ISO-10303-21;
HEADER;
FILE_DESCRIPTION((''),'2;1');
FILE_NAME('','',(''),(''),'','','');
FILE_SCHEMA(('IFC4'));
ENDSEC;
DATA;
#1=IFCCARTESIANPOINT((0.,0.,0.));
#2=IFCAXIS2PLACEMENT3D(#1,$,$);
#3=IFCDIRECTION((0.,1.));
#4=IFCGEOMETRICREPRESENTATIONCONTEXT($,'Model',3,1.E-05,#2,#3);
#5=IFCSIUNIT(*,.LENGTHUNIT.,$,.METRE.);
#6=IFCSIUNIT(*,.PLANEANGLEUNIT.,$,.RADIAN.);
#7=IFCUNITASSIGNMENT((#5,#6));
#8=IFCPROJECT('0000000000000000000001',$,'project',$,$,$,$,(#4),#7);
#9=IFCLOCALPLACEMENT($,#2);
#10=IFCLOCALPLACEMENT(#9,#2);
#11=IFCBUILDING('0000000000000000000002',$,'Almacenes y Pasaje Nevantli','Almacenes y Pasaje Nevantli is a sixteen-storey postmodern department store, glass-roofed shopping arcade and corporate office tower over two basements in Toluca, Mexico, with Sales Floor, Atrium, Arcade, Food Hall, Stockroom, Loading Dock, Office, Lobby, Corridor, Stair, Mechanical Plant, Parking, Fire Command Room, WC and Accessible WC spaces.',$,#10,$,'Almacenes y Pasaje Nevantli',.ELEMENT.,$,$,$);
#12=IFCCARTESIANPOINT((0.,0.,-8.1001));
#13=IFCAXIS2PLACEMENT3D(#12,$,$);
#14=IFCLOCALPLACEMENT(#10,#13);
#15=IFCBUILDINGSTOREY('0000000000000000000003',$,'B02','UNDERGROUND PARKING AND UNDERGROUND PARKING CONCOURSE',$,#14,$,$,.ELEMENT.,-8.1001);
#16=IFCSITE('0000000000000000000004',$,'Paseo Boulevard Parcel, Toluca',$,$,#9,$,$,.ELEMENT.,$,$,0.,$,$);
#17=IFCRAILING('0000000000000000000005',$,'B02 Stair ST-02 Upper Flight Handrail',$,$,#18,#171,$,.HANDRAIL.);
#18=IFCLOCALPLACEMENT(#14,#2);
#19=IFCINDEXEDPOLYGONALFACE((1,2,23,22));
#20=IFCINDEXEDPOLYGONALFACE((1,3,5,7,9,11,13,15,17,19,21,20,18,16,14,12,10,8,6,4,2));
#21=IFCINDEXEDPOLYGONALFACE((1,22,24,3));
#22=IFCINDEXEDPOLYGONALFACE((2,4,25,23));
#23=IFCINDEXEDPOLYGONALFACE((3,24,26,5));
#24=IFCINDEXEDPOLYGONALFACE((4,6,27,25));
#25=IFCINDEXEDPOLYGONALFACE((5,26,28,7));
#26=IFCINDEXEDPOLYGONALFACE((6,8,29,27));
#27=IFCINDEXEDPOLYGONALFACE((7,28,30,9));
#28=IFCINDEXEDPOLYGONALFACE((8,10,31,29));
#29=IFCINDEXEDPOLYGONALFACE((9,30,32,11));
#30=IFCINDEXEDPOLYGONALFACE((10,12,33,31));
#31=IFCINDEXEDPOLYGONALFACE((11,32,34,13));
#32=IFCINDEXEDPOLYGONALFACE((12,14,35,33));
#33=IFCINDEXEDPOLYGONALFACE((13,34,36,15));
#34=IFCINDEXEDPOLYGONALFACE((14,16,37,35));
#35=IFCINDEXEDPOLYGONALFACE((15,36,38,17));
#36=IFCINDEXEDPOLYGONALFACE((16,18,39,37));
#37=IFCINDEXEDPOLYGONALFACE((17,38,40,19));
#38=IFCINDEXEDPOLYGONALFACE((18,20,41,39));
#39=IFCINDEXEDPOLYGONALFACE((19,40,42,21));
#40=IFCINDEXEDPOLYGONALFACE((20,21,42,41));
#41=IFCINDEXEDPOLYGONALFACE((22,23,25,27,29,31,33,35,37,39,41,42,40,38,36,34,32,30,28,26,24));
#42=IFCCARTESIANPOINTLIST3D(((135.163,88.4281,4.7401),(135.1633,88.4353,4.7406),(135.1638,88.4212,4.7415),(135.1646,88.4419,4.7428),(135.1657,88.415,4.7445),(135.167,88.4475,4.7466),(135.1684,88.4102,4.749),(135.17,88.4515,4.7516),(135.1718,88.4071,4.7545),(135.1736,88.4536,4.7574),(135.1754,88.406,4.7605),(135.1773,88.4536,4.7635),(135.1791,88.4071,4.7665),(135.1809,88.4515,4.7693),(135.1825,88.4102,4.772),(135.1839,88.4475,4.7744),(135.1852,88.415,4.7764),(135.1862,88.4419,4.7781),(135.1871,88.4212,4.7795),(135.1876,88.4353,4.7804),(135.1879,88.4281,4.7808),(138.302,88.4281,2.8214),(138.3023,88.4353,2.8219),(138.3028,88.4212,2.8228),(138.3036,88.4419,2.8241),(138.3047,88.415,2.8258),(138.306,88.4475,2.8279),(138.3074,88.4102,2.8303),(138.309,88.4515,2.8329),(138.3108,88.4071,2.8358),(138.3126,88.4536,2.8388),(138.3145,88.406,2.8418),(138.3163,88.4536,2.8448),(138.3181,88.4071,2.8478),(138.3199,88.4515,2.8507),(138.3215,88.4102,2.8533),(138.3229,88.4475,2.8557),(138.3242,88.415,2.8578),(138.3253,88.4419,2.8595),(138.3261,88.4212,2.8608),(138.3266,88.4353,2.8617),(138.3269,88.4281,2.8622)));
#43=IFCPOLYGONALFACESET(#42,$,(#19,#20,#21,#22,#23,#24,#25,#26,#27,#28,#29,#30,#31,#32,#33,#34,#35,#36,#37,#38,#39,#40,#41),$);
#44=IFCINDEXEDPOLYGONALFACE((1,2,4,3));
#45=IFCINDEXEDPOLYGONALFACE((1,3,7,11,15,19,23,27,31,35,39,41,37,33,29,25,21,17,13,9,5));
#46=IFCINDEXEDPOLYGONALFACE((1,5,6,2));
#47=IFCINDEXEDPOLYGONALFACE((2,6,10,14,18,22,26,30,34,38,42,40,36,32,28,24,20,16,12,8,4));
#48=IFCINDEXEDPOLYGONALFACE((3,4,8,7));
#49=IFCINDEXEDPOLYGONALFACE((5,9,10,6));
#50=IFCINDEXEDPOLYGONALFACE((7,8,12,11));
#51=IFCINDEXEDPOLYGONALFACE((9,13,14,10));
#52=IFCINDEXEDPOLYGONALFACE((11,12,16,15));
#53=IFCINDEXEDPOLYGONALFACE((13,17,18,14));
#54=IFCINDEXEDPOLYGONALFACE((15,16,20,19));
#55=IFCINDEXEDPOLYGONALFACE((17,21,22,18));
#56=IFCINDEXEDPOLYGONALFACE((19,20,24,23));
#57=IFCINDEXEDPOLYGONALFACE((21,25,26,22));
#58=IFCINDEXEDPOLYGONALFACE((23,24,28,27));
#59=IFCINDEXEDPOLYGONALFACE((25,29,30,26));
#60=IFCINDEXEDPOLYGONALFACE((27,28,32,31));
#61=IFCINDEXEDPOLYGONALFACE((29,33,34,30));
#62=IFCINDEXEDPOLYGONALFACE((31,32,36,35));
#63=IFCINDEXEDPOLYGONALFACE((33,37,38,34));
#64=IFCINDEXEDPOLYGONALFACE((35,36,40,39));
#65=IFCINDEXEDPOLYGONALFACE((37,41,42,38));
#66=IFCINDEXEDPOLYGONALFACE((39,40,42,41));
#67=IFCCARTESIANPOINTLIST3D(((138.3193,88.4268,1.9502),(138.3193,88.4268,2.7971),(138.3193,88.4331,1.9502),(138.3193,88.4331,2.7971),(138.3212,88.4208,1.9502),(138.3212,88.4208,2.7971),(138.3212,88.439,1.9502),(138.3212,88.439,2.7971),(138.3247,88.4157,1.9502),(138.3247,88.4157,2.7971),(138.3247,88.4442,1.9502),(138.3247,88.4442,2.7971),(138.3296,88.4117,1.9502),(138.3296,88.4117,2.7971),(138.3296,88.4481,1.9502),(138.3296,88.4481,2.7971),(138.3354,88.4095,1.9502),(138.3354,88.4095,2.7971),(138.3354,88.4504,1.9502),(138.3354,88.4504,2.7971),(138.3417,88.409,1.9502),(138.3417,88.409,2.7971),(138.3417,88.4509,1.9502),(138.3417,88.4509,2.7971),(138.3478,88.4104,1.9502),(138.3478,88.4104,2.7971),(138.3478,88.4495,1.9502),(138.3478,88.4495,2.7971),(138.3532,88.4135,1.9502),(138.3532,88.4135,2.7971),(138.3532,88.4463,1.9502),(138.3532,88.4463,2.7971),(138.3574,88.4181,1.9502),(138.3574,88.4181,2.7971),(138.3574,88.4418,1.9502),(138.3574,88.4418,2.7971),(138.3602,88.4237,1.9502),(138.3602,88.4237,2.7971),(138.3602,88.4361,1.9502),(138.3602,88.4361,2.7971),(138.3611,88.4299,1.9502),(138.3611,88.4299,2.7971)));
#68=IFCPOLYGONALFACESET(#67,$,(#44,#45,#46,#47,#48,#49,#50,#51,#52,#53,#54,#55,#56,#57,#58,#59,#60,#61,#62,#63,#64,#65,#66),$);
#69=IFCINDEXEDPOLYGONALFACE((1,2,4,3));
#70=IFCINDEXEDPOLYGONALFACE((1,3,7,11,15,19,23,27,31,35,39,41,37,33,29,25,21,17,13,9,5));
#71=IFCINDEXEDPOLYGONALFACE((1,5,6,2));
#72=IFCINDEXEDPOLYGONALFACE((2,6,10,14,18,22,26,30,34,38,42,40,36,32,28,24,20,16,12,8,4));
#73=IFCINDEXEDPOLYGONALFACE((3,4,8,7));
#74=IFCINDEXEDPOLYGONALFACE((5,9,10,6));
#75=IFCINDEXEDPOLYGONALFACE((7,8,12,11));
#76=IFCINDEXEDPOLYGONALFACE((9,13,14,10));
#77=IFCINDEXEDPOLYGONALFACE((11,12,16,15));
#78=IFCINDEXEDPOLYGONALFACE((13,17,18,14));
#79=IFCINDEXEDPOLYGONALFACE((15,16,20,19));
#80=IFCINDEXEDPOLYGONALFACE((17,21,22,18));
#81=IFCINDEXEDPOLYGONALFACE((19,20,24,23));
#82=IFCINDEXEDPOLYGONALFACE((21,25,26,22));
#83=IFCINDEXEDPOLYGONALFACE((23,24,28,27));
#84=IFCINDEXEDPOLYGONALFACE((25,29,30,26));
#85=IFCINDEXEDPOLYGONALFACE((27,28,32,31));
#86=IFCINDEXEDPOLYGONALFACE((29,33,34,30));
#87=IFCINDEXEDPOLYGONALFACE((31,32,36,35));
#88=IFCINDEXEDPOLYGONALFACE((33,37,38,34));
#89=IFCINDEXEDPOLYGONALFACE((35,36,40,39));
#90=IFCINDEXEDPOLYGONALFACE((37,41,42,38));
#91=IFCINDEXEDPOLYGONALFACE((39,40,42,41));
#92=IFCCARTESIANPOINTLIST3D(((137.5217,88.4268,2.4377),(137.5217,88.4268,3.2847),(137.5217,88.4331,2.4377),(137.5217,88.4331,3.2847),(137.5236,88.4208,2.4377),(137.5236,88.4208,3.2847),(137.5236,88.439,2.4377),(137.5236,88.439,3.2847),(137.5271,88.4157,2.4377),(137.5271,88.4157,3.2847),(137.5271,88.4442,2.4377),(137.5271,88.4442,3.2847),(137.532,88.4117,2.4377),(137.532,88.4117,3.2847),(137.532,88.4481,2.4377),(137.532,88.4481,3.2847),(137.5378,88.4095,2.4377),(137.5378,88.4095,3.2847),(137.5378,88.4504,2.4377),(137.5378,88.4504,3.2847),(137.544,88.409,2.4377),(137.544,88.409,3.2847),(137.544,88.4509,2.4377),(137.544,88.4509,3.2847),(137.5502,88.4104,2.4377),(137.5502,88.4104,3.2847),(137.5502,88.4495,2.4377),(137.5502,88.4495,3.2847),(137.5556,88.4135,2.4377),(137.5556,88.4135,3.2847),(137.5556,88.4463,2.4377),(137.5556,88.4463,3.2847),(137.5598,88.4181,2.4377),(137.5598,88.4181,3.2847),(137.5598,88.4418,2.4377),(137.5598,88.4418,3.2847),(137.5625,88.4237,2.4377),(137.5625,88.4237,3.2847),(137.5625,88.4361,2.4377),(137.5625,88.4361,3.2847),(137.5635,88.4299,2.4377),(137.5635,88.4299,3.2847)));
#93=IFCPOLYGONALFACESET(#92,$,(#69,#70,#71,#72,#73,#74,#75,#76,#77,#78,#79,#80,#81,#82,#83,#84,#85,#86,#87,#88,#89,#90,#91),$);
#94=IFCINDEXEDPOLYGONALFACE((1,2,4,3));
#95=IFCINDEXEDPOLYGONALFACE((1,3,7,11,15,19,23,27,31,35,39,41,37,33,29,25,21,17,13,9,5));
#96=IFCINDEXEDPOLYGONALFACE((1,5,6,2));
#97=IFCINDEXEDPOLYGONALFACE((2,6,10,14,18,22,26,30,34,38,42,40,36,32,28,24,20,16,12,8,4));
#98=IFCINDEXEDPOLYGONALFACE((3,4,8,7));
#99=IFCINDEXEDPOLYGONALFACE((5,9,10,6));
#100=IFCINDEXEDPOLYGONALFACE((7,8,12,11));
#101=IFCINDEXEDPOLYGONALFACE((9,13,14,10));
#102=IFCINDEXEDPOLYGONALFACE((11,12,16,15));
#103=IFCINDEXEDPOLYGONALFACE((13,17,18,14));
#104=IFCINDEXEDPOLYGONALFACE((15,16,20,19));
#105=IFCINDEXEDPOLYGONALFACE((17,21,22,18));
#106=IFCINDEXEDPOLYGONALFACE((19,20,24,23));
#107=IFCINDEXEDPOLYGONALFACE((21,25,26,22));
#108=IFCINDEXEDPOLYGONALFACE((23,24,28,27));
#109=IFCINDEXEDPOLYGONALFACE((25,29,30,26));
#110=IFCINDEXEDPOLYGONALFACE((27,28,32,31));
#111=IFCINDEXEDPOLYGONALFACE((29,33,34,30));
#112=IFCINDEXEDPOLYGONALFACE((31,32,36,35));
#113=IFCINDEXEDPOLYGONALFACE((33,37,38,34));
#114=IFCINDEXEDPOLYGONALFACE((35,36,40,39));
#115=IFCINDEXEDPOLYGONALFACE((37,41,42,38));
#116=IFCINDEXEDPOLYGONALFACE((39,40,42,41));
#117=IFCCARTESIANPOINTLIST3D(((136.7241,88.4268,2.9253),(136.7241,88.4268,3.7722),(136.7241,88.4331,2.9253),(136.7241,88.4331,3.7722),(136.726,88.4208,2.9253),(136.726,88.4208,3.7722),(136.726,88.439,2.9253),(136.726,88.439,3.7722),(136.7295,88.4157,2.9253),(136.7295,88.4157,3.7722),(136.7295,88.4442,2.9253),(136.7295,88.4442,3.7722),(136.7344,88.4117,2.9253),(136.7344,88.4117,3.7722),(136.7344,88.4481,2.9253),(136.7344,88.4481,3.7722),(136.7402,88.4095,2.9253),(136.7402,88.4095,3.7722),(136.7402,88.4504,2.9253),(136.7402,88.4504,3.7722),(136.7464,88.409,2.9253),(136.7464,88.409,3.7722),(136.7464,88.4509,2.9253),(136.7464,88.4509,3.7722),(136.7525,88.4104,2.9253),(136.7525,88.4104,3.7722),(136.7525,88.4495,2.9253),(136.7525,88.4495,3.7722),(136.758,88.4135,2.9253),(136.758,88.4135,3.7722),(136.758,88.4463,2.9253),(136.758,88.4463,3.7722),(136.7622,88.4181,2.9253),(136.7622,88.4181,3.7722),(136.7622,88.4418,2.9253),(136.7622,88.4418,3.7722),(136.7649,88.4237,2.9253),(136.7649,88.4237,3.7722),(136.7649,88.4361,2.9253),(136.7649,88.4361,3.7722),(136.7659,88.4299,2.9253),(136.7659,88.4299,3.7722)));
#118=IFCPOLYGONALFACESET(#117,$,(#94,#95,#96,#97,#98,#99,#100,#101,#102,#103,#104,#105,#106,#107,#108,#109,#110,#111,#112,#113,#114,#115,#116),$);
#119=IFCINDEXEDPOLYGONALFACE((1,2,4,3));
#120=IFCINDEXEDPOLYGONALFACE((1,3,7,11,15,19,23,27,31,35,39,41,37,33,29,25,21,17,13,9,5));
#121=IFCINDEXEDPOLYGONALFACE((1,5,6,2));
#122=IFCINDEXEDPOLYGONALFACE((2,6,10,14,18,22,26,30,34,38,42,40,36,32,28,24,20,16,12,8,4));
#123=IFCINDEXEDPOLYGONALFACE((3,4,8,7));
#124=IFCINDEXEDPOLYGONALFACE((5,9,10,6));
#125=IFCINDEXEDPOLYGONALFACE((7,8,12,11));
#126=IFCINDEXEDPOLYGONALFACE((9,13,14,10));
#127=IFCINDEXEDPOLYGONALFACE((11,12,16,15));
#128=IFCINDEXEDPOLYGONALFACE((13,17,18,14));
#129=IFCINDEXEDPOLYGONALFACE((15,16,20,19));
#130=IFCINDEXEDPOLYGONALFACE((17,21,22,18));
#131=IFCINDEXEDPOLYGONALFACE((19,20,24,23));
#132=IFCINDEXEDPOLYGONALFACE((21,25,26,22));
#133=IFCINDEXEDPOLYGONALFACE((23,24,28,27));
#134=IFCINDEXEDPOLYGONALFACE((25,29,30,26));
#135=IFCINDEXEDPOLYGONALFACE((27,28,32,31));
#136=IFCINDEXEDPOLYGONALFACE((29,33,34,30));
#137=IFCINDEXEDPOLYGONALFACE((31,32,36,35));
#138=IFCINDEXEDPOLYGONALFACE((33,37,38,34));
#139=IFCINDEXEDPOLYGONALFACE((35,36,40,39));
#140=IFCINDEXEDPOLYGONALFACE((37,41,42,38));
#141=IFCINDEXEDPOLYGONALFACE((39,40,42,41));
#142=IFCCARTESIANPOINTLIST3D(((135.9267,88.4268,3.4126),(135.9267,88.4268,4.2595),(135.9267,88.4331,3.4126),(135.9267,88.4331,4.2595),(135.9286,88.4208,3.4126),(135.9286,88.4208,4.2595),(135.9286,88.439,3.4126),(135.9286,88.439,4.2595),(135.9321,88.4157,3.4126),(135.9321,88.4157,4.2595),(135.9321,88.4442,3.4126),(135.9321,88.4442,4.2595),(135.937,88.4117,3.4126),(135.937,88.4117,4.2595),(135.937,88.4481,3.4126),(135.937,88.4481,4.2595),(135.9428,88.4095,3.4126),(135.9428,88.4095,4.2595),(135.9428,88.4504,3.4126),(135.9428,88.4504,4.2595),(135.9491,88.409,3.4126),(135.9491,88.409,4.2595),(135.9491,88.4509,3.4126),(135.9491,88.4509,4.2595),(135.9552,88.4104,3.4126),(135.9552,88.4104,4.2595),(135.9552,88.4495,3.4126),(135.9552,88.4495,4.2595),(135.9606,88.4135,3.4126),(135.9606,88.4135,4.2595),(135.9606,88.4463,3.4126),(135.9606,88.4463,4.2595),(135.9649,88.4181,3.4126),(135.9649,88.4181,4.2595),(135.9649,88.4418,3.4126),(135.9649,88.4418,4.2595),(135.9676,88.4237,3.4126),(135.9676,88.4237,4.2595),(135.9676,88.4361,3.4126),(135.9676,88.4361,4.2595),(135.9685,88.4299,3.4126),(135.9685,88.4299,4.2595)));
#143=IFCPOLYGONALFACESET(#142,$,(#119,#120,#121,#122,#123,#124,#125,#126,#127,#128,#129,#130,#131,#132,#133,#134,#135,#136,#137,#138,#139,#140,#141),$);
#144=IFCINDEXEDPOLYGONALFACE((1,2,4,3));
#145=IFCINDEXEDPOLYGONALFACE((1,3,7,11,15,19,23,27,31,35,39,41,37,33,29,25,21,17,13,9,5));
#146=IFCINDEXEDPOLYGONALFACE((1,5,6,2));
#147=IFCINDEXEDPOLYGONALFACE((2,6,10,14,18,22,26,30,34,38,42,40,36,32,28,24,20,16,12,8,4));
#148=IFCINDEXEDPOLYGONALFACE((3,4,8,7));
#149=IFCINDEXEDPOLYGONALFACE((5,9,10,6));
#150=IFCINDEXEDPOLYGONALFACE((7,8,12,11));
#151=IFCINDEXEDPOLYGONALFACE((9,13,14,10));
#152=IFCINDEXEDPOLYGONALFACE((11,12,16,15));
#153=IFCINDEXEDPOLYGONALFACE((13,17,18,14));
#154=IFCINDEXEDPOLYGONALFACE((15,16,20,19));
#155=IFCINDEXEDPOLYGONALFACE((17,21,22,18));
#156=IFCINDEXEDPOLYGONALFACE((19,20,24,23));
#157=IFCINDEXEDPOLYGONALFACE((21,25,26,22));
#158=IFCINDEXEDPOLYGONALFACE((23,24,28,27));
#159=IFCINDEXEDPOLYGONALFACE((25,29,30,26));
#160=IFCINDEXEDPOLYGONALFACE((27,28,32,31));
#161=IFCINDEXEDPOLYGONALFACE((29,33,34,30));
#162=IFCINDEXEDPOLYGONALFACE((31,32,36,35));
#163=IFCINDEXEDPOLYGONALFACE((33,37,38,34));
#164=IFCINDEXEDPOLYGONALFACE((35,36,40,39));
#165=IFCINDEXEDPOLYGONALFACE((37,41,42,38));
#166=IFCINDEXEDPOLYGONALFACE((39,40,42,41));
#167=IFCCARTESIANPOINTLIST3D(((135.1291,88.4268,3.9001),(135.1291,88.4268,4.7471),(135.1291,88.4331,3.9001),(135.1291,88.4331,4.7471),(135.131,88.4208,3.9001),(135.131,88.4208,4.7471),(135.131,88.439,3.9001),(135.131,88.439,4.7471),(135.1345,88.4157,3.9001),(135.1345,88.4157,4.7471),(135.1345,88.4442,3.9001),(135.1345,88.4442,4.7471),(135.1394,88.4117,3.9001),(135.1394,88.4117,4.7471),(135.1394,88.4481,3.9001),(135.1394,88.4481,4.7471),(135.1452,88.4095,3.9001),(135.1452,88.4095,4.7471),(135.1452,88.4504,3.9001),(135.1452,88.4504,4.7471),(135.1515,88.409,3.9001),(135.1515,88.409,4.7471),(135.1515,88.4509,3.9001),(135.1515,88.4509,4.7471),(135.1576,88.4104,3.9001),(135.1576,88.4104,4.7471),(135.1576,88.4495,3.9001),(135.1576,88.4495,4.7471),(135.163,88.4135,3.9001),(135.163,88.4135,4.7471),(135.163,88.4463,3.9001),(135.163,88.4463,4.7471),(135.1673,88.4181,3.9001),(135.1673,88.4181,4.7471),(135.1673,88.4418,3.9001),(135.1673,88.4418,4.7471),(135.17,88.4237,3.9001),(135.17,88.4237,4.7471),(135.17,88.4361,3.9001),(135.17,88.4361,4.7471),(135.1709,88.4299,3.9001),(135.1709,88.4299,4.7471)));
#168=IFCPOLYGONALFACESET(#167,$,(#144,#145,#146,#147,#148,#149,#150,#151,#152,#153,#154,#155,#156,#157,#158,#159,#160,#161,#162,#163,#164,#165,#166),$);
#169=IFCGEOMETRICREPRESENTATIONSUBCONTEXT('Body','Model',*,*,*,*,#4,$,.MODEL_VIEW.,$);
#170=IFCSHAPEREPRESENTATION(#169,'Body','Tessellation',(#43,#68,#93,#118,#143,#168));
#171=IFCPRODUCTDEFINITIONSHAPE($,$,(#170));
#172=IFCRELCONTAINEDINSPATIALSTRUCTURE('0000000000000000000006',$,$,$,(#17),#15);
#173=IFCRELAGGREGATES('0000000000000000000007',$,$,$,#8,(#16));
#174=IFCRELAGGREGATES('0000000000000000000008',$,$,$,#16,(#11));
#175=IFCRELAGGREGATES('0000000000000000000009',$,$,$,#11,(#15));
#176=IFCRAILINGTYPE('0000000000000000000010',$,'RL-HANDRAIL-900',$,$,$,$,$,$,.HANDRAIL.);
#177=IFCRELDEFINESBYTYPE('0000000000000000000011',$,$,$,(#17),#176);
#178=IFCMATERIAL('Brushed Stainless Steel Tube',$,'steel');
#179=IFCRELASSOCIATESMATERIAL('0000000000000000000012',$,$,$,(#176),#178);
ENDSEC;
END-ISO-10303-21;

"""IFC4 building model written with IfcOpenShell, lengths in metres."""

from ifc_helpers import new_model, si_unit, direction, frame, origin, origin_2d, place, context, subcontext, project, spatial, circle, extrude, material, type_object, element, save


model = new_model("IFC4")

# Units and contexts
model_context = context("Model", 3, precision=1e-05, world=origin(), true_north=direction((0.0, 1.0)))
body_context = subcontext(model_context, "Body", "Model", "MODEL_VIEW")
ifc_project = project(units=[si_unit("LENGTHUNIT", "METRE"), si_unit("PLANEANGLEUNIT", "RADIAN")], contexts=[model_context])

# Site, building, storey
site_placement = place(None, origin())
site = spatial("IfcSite", under=ifc_project, at=site_placement, Name="Paseo Boulevard Parcel, Toluca", CompositionType="ELEMENT", RefElevation=0.0)
building_placement = place(site_placement, origin())
building = spatial("IfcBuilding", under=site, at=building_placement, Name="Almacenes y Pasaje Nevantli", Description="Almacenes y Pasaje Nevantli is a sixteen-storey postmodern department store, glass-roofed shopping arcade and corporate office tower over two basements in Toluca, Mexico, with Sales Floor, Atrium, Arcade, Food Hall, Stockroom, Loading Dock, Office, Lobby, Corridor, Stair, Mechanical Plant, Parking, Fire Command Room, WC and Accessible WC spaces.", LongName="Almacenes y Pasaje Nevantli", CompositionType="ELEMENT")
storey_placement = place(building_placement, frame((0.0, 0.0, -8.1001)))
storey = spatial("IfcBuildingStorey", under=building, at=storey_placement, Name="B02", Description="UNDERGROUND PARKING AND UNDERGROUND PARKING CONCOURSE", CompositionType="ELEMENT", Elevation=-8.1001)

# Railing
ifc_material_1 = material(Name="Brushed Stainless Steel Tube", Category="steel")
railing_type_1 = type_object("IfcRailingType", Name="RL-HANDRAIL-900", PredefinedType="HANDRAIL", material=ifc_material_1)
railing_1_placement = place(storey_placement, frame((138.3401, 88.4299, 1.9502)))
element("IfcRailing", 1, at=railing_1_placement, inside=storey, type_object=railing_type_1, Name="B02 Stair ST-02 Upper Flight Handrail", PredefinedType="HANDRAIL", context=body_context, shape_type="SweptSolid", body=[
    extrude(circle(Radius=0.0239, at=origin_2d()), frame((-0.0256, 0.0, 0.8916), z_axis=(-0.853235, 0.0, 0.521527), x_axis=(0.0, -1.0, 0.0)), (0.0, 0.0, 1.0), 3.679),
    extrude(circle(Radius=0.021, at=origin_2d()), origin(), (0.0, 0.0, 1.0), 0.8469),
    extrude(circle(Radius=0.021, at=origin_2d()), frame((-0.7976, 0.0, 0.4875)), (0.0, 0.0, 1.0), 0.8469),
    extrude(circle(Radius=0.021, at=origin_2d()), frame((-1.5952, 0.0, 0.9751)), (0.0, 0.0, 1.0), 0.8469),
    extrude(circle(Radius=0.021, at=origin_2d()), frame((-2.3926, 0.0, 1.4624)), (0.0, 0.0, 1.0), 0.8469),
    extrude(circle(Radius=0.021, at=origin_2d()), frame((-3.1902, 0.0, 1.95)), (0.0, 0.0, 1.0), 0.8469),
])

save(model, "model.ifc")
